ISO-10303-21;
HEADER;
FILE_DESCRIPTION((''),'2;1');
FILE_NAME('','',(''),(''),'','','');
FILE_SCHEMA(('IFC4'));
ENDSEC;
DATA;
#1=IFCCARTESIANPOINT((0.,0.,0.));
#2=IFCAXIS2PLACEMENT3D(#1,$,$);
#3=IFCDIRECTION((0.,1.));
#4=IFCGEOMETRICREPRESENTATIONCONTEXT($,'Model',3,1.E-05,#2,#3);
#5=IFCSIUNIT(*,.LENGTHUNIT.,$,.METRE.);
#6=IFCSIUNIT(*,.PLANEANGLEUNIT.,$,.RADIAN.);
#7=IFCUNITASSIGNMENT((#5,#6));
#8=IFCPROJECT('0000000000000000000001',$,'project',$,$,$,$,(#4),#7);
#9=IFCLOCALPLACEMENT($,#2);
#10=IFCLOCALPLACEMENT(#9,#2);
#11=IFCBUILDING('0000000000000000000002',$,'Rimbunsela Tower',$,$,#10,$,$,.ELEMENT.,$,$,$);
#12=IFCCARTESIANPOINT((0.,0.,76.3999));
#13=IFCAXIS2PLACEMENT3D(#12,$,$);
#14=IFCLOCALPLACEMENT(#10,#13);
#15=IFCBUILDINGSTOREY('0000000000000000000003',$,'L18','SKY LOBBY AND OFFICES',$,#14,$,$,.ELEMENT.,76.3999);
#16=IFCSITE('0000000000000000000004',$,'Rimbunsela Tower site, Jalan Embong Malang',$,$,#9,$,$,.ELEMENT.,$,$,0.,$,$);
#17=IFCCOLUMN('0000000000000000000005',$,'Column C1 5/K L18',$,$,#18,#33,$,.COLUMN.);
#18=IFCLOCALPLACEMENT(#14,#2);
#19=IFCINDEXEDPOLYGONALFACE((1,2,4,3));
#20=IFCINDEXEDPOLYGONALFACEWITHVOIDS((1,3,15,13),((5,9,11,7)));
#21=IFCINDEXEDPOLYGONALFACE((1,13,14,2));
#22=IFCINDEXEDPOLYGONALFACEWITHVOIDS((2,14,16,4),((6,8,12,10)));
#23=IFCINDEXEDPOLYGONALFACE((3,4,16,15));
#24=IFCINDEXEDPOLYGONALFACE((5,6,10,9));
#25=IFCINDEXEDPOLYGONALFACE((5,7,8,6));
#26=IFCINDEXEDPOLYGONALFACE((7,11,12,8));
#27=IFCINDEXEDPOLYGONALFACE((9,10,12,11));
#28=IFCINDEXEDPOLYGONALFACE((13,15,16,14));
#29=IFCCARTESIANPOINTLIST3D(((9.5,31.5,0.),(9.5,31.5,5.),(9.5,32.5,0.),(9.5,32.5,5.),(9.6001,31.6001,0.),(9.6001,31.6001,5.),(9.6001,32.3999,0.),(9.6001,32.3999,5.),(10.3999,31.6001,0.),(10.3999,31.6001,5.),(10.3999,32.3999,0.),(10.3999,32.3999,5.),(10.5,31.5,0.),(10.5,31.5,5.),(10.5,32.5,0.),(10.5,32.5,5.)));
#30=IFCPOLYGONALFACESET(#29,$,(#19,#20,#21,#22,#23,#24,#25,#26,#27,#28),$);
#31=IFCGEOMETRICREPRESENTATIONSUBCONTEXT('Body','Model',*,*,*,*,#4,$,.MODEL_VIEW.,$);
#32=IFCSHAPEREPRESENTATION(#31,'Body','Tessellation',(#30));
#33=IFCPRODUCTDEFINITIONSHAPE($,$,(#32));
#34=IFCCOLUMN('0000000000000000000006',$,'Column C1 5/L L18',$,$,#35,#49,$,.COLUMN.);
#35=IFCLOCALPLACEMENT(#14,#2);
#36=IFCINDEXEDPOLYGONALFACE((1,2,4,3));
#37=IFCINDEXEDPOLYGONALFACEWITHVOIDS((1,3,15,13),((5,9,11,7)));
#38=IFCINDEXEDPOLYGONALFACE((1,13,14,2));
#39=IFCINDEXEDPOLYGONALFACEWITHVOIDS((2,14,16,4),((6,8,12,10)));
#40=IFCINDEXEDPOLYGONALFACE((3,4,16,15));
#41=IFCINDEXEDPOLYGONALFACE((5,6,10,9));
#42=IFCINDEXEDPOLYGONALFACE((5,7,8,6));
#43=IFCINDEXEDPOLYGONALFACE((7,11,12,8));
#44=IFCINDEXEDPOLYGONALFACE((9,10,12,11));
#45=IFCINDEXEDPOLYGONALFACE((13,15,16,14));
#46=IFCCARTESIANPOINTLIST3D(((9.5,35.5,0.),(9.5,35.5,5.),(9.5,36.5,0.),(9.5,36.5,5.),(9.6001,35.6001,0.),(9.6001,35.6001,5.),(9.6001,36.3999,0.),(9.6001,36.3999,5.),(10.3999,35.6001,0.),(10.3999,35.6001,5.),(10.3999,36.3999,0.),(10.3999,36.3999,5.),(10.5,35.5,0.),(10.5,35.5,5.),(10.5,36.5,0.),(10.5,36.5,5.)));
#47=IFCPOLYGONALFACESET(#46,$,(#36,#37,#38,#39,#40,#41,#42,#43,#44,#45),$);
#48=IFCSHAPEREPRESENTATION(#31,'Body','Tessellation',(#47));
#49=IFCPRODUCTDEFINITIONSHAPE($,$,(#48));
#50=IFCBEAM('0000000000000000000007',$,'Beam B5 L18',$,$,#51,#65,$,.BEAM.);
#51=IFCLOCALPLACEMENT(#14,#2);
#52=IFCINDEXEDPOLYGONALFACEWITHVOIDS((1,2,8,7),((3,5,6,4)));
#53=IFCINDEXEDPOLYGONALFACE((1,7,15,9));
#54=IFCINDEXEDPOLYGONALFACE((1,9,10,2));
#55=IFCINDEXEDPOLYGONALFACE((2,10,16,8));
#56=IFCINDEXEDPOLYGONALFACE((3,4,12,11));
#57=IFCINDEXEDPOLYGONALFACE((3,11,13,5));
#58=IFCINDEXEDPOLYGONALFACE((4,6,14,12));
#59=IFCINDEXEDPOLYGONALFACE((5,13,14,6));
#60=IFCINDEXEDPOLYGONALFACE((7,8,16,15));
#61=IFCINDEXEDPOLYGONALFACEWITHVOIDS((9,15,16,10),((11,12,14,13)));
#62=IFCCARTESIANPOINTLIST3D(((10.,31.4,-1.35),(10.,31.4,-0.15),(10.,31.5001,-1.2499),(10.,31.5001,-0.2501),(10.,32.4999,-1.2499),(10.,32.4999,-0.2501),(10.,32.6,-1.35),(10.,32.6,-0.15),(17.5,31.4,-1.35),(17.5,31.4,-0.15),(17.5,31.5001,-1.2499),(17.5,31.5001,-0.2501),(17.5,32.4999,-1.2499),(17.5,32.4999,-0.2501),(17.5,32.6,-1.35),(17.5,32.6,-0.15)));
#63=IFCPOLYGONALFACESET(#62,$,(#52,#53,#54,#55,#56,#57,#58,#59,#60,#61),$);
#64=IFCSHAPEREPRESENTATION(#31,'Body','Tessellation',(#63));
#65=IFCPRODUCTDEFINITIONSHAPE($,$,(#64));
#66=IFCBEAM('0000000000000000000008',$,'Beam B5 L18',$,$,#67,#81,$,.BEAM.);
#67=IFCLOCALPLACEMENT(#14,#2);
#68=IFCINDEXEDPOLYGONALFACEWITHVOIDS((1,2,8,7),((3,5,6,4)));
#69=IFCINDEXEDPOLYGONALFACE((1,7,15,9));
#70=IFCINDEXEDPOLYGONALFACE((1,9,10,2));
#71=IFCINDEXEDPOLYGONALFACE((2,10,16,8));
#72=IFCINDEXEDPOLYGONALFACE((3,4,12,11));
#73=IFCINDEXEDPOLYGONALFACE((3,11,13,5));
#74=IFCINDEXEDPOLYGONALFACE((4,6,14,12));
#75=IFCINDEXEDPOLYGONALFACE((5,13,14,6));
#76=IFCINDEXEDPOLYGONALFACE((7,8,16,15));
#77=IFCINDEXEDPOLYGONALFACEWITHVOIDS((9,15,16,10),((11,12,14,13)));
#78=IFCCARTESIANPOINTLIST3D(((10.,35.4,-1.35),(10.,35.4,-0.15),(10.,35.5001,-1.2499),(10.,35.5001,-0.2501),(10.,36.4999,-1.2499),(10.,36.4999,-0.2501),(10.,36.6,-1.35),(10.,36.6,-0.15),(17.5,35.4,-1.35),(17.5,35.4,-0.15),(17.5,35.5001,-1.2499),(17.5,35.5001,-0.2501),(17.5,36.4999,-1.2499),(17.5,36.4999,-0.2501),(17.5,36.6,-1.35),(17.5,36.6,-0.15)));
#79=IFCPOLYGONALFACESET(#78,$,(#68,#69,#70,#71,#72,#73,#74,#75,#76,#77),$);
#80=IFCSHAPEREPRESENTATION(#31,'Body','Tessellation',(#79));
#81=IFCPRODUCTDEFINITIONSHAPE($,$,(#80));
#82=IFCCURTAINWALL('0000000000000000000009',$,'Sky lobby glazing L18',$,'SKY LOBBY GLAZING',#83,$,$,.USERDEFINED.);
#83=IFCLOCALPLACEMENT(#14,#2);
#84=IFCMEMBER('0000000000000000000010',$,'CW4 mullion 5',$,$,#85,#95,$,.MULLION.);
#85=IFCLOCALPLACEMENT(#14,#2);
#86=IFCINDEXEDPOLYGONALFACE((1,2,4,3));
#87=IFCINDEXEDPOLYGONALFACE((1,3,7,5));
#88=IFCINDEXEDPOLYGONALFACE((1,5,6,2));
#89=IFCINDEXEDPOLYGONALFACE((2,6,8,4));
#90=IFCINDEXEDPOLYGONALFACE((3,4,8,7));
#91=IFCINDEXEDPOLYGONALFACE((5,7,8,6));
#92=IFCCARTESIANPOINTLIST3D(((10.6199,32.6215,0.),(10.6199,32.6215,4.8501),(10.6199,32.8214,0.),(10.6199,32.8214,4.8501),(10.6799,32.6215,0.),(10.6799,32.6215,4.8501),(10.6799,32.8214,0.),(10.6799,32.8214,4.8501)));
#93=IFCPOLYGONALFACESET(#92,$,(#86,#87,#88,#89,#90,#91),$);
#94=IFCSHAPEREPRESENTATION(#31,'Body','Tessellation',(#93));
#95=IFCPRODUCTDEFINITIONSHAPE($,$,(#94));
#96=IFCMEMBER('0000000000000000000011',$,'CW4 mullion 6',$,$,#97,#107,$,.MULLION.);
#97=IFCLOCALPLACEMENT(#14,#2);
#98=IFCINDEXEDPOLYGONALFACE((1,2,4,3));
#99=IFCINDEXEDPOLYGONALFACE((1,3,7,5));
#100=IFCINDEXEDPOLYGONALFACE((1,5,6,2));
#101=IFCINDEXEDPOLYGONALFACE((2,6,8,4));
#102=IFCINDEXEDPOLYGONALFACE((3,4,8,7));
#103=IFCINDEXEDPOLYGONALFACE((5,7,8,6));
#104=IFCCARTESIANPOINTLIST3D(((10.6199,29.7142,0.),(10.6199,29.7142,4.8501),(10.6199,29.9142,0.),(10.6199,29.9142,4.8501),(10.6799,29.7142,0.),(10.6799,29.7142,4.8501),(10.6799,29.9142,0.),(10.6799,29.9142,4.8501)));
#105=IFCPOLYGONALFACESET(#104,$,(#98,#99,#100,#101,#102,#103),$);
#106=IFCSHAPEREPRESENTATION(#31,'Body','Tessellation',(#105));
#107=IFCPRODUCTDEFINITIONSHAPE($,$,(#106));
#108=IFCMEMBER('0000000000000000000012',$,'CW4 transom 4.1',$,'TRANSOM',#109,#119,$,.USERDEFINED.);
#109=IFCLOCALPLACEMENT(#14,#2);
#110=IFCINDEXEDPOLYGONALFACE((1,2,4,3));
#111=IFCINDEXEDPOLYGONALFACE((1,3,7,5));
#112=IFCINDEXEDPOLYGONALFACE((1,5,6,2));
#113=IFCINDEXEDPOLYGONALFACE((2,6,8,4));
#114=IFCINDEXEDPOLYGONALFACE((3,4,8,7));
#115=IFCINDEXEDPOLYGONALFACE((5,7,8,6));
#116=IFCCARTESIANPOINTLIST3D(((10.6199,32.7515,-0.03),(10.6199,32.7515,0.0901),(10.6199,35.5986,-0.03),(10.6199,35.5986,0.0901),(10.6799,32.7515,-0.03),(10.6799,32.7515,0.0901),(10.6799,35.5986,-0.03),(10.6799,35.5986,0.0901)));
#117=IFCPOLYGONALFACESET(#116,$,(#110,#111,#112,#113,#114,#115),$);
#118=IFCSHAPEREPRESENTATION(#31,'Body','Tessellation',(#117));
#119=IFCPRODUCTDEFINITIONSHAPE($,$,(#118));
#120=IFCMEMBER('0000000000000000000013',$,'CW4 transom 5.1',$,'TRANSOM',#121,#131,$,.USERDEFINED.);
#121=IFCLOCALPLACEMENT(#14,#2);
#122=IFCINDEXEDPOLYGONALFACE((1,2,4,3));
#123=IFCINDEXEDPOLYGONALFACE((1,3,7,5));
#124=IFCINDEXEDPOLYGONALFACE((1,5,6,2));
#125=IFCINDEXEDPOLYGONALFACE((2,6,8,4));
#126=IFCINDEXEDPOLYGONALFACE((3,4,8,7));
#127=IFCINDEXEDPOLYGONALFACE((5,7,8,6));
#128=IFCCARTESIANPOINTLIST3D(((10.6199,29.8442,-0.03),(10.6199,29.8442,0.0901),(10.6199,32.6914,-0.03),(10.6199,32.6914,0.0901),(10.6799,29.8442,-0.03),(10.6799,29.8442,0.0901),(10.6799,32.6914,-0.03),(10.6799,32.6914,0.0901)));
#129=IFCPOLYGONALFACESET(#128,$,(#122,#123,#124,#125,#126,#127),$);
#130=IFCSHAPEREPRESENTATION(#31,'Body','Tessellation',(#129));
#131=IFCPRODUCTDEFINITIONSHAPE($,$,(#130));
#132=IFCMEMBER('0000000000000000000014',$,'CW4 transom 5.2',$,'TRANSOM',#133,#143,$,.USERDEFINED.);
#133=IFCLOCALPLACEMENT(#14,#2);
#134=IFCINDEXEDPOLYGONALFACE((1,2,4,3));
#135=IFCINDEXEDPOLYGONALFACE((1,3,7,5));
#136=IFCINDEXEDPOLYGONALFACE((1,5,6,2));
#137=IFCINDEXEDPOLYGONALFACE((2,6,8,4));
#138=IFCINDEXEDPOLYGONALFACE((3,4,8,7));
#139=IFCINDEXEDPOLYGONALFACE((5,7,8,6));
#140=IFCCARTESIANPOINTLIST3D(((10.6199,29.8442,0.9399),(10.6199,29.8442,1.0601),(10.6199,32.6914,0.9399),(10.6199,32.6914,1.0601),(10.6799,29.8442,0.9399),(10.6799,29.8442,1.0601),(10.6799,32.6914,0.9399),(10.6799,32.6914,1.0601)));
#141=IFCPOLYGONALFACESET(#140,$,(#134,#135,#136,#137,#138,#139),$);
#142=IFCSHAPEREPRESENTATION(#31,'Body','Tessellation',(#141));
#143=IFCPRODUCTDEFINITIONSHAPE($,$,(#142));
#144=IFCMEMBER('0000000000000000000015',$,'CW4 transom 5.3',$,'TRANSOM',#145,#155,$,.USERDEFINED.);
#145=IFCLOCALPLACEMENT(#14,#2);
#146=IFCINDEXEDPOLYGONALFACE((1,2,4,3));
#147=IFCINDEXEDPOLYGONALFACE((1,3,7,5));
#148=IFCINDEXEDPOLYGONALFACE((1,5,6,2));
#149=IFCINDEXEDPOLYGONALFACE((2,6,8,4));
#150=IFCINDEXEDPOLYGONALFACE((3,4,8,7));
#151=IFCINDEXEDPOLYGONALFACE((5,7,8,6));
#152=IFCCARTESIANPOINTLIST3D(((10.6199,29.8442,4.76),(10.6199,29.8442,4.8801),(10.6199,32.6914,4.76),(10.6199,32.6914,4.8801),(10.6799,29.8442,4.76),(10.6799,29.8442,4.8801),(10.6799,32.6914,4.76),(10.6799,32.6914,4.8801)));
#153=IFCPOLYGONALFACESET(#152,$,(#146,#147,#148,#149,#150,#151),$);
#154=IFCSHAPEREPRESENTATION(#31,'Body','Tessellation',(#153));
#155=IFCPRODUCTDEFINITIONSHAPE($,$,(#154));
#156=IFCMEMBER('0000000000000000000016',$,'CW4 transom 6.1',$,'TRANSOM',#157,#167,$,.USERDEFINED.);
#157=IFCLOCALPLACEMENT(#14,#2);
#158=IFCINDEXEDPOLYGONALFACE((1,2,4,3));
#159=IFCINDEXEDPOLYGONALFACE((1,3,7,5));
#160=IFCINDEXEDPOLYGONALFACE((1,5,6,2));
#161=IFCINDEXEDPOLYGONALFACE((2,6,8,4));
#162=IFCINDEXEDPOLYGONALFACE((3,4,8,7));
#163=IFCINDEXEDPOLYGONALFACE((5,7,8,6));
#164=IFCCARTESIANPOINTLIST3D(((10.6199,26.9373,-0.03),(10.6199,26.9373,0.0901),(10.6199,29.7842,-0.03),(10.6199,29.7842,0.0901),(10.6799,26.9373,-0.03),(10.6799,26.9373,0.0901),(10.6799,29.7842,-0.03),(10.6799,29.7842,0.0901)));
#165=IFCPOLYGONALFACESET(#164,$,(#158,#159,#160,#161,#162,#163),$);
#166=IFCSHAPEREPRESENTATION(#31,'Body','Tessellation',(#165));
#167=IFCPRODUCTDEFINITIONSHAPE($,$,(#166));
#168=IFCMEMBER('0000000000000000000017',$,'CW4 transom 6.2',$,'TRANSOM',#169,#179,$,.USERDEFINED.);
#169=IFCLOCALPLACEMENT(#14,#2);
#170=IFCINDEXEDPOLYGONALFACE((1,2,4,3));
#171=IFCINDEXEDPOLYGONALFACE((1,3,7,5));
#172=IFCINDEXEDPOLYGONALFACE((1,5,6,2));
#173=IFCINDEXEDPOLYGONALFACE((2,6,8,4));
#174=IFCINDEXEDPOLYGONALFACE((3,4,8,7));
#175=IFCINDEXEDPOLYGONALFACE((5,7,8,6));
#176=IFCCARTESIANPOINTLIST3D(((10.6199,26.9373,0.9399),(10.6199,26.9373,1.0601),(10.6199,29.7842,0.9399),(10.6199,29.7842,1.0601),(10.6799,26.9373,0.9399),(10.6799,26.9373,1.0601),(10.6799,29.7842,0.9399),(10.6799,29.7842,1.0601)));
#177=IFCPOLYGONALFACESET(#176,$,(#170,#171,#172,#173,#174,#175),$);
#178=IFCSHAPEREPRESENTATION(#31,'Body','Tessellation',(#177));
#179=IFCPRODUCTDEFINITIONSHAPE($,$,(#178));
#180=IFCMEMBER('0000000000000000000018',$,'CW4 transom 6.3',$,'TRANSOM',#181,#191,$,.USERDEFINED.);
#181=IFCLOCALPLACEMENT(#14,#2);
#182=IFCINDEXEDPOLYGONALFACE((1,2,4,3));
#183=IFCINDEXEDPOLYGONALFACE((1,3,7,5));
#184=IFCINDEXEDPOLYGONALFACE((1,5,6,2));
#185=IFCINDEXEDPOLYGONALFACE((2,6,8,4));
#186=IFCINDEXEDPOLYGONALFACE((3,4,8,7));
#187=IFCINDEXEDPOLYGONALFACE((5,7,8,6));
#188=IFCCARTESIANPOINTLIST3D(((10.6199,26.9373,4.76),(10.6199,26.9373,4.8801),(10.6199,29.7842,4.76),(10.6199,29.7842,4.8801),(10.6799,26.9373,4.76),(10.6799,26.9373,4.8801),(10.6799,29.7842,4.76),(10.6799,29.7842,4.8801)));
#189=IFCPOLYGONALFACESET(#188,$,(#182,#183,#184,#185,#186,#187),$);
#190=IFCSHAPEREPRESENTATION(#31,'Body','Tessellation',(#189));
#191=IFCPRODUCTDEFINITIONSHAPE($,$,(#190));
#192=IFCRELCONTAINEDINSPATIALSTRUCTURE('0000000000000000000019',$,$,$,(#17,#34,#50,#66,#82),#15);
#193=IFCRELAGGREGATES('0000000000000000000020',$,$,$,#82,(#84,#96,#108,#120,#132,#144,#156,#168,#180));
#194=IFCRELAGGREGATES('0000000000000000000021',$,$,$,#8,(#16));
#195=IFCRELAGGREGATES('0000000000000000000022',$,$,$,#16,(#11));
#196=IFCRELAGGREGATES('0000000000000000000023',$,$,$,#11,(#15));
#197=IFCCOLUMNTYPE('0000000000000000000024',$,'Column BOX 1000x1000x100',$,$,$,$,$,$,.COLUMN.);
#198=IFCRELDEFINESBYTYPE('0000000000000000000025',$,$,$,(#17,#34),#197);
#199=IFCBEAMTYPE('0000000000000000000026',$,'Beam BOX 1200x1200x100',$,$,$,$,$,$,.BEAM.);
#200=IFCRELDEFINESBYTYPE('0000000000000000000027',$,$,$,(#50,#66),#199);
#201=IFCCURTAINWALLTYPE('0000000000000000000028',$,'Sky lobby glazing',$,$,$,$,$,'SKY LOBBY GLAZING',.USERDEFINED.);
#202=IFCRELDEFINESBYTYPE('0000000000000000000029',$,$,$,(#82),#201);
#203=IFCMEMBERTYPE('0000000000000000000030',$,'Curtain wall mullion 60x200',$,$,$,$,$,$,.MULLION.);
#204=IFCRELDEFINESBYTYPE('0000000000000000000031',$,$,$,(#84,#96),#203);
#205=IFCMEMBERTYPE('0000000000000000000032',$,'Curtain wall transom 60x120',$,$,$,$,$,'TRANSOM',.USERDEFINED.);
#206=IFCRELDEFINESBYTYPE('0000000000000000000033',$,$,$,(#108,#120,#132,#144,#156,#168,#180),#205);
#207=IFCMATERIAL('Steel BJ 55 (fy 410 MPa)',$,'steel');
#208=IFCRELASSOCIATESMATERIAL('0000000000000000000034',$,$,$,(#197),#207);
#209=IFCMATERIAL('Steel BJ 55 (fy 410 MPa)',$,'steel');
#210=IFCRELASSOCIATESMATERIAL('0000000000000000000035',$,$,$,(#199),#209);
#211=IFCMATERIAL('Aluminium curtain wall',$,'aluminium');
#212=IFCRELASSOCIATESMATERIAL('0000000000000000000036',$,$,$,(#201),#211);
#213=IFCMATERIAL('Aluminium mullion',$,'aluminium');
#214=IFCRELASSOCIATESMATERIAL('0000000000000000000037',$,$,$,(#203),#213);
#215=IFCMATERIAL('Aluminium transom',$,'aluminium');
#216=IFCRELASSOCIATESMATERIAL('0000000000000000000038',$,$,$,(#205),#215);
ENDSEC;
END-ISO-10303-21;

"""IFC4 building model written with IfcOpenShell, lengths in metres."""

from ifc_helpers import new_model, si_unit, direction, frame, origin, origin_2d, place, context, subcontext, project, spatial, rectangle, hollow_rectangle, extrude, material, material_profile, profile_set, type_object, element, aggregate, save


model = new_model("IFC4")

# Units and contexts
model_context = context("Model", 3, precision=1e-05, world=origin(), true_north=direction((0.0, 1.0)))
body_context = subcontext(model_context, "Body", "Model", "MODEL_VIEW")
ifc_project = project(units=[si_unit("LENGTHUNIT", "METRE"), si_unit("PLANEANGLEUNIT", "RADIAN")], contexts=[model_context])

# Site, building, storey
site_placement = place(None, origin())
site = spatial("IfcSite", under=ifc_project, at=site_placement, Name="Rimbunsela Tower site, Jalan Embong Malang", CompositionType="ELEMENT", RefElevation=0.0)
building_placement = place(site_placement, origin())
building = spatial("IfcBuilding", under=site, at=building_placement, Name="Rimbunsela Tower", CompositionType="ELEMENT")
storey_placement = place(building_placement, frame((0.0, 0.0, 76.3999)))
storey = spatial("IfcBuildingStorey", under=building, at=storey_placement, Name="L18", Description="SKY LOBBY AND OFFICES", CompositionType="ELEMENT", Elevation=76.3999)

# Columns
ifc_material_1 = material(Name="Steel BJ 55 (fy 410 MPa)", Category="steel")
ifc_material_profile_1 = material_profile(ifc_material_1, hollow_rectangle(XDim=1.0, YDim=1.0, WallThickness=0.1001, at=origin_2d()), Name="BOX 1000x1000x100")
ifc_profile_set_1 = profile_set([ifc_material_profile_1], Name="Steel BJ 55 (fy 410 MPa)")
column_type = type_object("IfcColumnType", Name="Column BOX 1000x1000x100", PredefinedType="COLUMN", material=ifc_profile_set_1)
for number, where, z_axis, x_axis, name in (
    (1, (10.0, 32.0, 0.0), (0.0, 0.0, 1.0), (1.0, 0.0, 0.0), "Column C1 5/K L18"),
    (2, (10.0, 36.0, 0.0), (0.0, 0.0, 1.0), (1.0, 0.0, 0.0), "Column C1 5/L L18"),
):
    element("IfcColumn", number, at=place(storey_placement, frame(where, z_axis=z_axis, x_axis=x_axis)), inside=storey, type_object=column_type, Name=name, PredefinedType="COLUMN", context=body_context, shape_type="SweptSolid", body=[
        extrude(hollow_rectangle(XDim=1.0, YDim=1.0, WallThickness=0.1001, at=origin_2d()), origin(), (0.0, 0.0, 1.0), 5.0),
    ])

# Beams
ifc_material_2 = material(Name="Steel BJ 55 (fy 410 MPa)", Category="steel")
ifc_material_profile_2 = material_profile(ifc_material_2, hollow_rectangle(XDim=1.2, YDim=1.2, WallThickness=0.1001, at=origin_2d()), Name="BOX 1200x1200x100")
ifc_profile_set_2 = profile_set([ifc_material_profile_2], Name="Steel BJ 55 (fy 410 MPa)")
beam_type = type_object("IfcBeamType", Name="Beam BOX 1200x1200x100", PredefinedType="BEAM", material=ifc_profile_set_2)
for number, where, z_axis, x_axis, name in (
    (3, (10.0, 32.0, -0.75), (1.0, 0.0, 0.0), (0.0, 1.0, 0.0), "Beam B5 L18"),
    (4, (10.0, 36.0, -0.75), (1.0, 0.0, 0.0), (0.0, 1.0, 0.0), "Beam B5 L18"),
):
    element("IfcBeam", number, at=place(storey_placement, frame(where, z_axis=z_axis, x_axis=x_axis)), inside=storey, type_object=beam_type, Name=name, PredefinedType="BEAM", context=body_context, shape_type="SweptSolid", body=[
        extrude(hollow_rectangle(XDim=1.2, YDim=1.2, WallThickness=0.1001, at=origin_2d()), origin(), (0.0, 0.0, 1.0), 7.5),
    ])

# Curtain wall, members
ifc_material_3 = material(Name="Aluminium curtain wall", Category="aluminium")
curtain_wall_type = type_object("IfcCurtainWallType", Name="Sky lobby glazing", ElementType="SKY LOBBY GLAZING", PredefinedType="USERDEFINED", material=ifc_material_3)
curtain_wall_placement = place(storey_placement, origin())
curtain_wall = element("IfcCurtainWall", 5, at=curtain_wall_placement, inside=storey, type_object=curtain_wall_type, Name="Sky lobby glazing L18", ObjectType="SKY LOBBY GLAZING", PredefinedType="USERDEFINED")
ifc_material_4 = material(Name="Aluminium mullion", Category="aluminium")
ifc_material_profile_3 = material_profile(ifc_material_4, rectangle(XDim=0.0601, YDim=0.2, at=origin_2d()), Name="Mullion 60x200")
ifc_profile_set_3 = profile_set([ifc_material_profile_3], Name="Aluminium mullion")
member_type_1 = type_object("IfcMemberType", Name="Curtain wall mullion 60x200", PredefinedType="MULLION", material=ifc_profile_set_3)
member_1_placement = place(storey_placement, frame((10.6499, 32.7214, 0.0), z_axis=(0.0, 0.0, 1.0), x_axis=(1.0, 0.0, 0.0)))
member_1 = element("IfcMember", 6, at=member_1_placement, type_object=member_type_1, Name="CW4 mullion 5", PredefinedType="MULLION", context=body_context, shape_type="SweptSolid", body=[
    extrude(rectangle(XDim=0.0601, YDim=0.2, at=origin_2d()), origin(), (0.0, 0.0, 1.0), 4.8501),
])
member_2_placement = place(storey_placement, frame((10.6499, 29.8142, 0.0), z_axis=(0.0, 0.0, 1.0), x_axis=(1.0, 0.0, 0.0)))
member_2 = element("IfcMember", 7, at=member_2_placement, type_object=member_type_1, Name="CW4 mullion 6", PredefinedType="MULLION", context=body_context, shape_type="SweptSolid", body=[
    extrude(rectangle(XDim=0.0601, YDim=0.2, at=origin_2d()), origin(), (0.0, 0.0, 1.0), 4.8501),
])
ifc_material_5 = material(Name="Aluminium transom", Category="aluminium")
ifc_material_profile_4 = material_profile(ifc_material_5, rectangle(XDim=0.0601, YDim=0.1201, at=origin_2d()), Name="Transom 60x120")
ifc_profile_set_4 = profile_set([ifc_material_profile_4], Name="Aluminium transom")
member_type_2 = type_object("IfcMemberType", Name="Curtain wall transom 60x120", ElementType="TRANSOM", PredefinedType="USERDEFINED", material=ifc_profile_set_4)
member_3_placement = place(storey_placement, frame((10.6499, 35.5986, 0.03), z_axis=(0.0, -1.0, 0.0), x_axis=(1.0, 0.0, 0.0)))
member_3 = element("IfcMember", 8, at=member_3_placement, type_object=member_type_2, Name="CW4 transom 4.1", ObjectType="TRANSOM", PredefinedType="USERDEFINED", context=body_context, shape_type="SweptSolid", body=[
    extrude(rectangle(XDim=0.0601, YDim=0.1201, at=origin_2d()), origin(), (0.0, 0.0, 1.0), 2.8472),
])
member_4_placement = place(storey_placement, frame((10.6499, 32.6914, 0.03), z_axis=(0.0, -1.0, 0.0), x_axis=(1.0, 0.0, 0.0)))
member_4 = element("IfcMember", 9, at=member_4_placement, type_object=member_type_2, Name="CW4 transom 5.1", ObjectType="TRANSOM", PredefinedType="USERDEFINED", context=body_context, shape_type="SweptSolid", body=[
    extrude(rectangle(XDim=0.0601, YDim=0.1201, at=origin_2d()), origin(), (0.0, 0.0, 1.0), 2.8472),
])
member_5_placement = place(storey_placement, frame((10.6499, 32.6914, 1.0), z_axis=(0.0, -1.0, 0.0), x_axis=(1.0, 0.0, 0.0)))
member_5 = element("IfcMember", 10, at=member_5_placement, type_object=member_type_2, Name="CW4 transom 5.2", ObjectType="TRANSOM", PredefinedType="USERDEFINED", context=body_context, shape_type="SweptSolid", body=[
    extrude(rectangle(XDim=0.0601, YDim=0.1201, at=origin_2d()), origin(), (0.0, 0.0, 1.0), 2.8472),
])
member_6_placement = place(storey_placement, frame((10.6499, 32.6914, 4.8201), z_axis=(0.0, -1.0, 0.0), x_axis=(1.0, 0.0, 0.0)))
member_6 = element("IfcMember", 11, at=member_6_placement, type_object=member_type_2, Name="CW4 transom 5.3", ObjectType="TRANSOM", PredefinedType="USERDEFINED", context=body_context, shape_type="SweptSolid", body=[
    extrude(rectangle(XDim=0.0601, YDim=0.1201, at=origin_2d()), origin(), (0.0, 0.0, 1.0), 2.8472),
])
member_7_placement = place(storey_placement, frame((10.6499, 29.7842, 0.03), z_axis=(0.0, -1.0, 0.0), x_axis=(1.0, 0.0, 0.0)))
member_7 = element("IfcMember", 12, at=member_7_placement, type_object=member_type_2, Name="CW4 transom 6.1", ObjectType="TRANSOM", PredefinedType="USERDEFINED", context=body_context, shape_type="SweptSolid", body=[
    extrude(rectangle(XDim=0.0601, YDim=0.1201, at=origin_2d()), origin(), (0.0, 0.0, 1.0), 2.8469),
])
member_8_placement = place(storey_placement, frame((10.6499, 29.7842, 1.0), z_axis=(0.0, -1.0, 0.0), x_axis=(1.0, 0.0, 0.0)))
member_8 = element("IfcMember", 13, at=member_8_placement, type_object=member_type_2, Name="CW4 transom 6.2", ObjectType="TRANSOM", PredefinedType="USERDEFINED", context=body_context, shape_type="SweptSolid", body=[
    extrude(rectangle(XDim=0.0601, YDim=0.1201, at=origin_2d()), origin(), (0.0, 0.0, 1.0), 2.8469),
])
member_9_placement = place(storey_placement, frame((10.6499, 29.7842, 4.8201), z_axis=(0.0, -1.0, 0.0), x_axis=(1.0, 0.0, 0.0)))
member_9 = element("IfcMember", 14, at=member_9_placement, type_object=member_type_2, Name="CW4 transom 6.3", ObjectType="TRANSOM", PredefinedType="USERDEFINED", context=body_context, shape_type="SweptSolid", body=[
    extrude(rectangle(XDim=0.0601, YDim=0.1201, at=origin_2d()), origin(), (0.0, 0.0, 1.0), 2.8469),
])
aggregate(curtain_wall, [member_1, member_2, member_3, member_4, member_5, member_6, member_7, member_8, member_9])

save(model, "model.ifc")
